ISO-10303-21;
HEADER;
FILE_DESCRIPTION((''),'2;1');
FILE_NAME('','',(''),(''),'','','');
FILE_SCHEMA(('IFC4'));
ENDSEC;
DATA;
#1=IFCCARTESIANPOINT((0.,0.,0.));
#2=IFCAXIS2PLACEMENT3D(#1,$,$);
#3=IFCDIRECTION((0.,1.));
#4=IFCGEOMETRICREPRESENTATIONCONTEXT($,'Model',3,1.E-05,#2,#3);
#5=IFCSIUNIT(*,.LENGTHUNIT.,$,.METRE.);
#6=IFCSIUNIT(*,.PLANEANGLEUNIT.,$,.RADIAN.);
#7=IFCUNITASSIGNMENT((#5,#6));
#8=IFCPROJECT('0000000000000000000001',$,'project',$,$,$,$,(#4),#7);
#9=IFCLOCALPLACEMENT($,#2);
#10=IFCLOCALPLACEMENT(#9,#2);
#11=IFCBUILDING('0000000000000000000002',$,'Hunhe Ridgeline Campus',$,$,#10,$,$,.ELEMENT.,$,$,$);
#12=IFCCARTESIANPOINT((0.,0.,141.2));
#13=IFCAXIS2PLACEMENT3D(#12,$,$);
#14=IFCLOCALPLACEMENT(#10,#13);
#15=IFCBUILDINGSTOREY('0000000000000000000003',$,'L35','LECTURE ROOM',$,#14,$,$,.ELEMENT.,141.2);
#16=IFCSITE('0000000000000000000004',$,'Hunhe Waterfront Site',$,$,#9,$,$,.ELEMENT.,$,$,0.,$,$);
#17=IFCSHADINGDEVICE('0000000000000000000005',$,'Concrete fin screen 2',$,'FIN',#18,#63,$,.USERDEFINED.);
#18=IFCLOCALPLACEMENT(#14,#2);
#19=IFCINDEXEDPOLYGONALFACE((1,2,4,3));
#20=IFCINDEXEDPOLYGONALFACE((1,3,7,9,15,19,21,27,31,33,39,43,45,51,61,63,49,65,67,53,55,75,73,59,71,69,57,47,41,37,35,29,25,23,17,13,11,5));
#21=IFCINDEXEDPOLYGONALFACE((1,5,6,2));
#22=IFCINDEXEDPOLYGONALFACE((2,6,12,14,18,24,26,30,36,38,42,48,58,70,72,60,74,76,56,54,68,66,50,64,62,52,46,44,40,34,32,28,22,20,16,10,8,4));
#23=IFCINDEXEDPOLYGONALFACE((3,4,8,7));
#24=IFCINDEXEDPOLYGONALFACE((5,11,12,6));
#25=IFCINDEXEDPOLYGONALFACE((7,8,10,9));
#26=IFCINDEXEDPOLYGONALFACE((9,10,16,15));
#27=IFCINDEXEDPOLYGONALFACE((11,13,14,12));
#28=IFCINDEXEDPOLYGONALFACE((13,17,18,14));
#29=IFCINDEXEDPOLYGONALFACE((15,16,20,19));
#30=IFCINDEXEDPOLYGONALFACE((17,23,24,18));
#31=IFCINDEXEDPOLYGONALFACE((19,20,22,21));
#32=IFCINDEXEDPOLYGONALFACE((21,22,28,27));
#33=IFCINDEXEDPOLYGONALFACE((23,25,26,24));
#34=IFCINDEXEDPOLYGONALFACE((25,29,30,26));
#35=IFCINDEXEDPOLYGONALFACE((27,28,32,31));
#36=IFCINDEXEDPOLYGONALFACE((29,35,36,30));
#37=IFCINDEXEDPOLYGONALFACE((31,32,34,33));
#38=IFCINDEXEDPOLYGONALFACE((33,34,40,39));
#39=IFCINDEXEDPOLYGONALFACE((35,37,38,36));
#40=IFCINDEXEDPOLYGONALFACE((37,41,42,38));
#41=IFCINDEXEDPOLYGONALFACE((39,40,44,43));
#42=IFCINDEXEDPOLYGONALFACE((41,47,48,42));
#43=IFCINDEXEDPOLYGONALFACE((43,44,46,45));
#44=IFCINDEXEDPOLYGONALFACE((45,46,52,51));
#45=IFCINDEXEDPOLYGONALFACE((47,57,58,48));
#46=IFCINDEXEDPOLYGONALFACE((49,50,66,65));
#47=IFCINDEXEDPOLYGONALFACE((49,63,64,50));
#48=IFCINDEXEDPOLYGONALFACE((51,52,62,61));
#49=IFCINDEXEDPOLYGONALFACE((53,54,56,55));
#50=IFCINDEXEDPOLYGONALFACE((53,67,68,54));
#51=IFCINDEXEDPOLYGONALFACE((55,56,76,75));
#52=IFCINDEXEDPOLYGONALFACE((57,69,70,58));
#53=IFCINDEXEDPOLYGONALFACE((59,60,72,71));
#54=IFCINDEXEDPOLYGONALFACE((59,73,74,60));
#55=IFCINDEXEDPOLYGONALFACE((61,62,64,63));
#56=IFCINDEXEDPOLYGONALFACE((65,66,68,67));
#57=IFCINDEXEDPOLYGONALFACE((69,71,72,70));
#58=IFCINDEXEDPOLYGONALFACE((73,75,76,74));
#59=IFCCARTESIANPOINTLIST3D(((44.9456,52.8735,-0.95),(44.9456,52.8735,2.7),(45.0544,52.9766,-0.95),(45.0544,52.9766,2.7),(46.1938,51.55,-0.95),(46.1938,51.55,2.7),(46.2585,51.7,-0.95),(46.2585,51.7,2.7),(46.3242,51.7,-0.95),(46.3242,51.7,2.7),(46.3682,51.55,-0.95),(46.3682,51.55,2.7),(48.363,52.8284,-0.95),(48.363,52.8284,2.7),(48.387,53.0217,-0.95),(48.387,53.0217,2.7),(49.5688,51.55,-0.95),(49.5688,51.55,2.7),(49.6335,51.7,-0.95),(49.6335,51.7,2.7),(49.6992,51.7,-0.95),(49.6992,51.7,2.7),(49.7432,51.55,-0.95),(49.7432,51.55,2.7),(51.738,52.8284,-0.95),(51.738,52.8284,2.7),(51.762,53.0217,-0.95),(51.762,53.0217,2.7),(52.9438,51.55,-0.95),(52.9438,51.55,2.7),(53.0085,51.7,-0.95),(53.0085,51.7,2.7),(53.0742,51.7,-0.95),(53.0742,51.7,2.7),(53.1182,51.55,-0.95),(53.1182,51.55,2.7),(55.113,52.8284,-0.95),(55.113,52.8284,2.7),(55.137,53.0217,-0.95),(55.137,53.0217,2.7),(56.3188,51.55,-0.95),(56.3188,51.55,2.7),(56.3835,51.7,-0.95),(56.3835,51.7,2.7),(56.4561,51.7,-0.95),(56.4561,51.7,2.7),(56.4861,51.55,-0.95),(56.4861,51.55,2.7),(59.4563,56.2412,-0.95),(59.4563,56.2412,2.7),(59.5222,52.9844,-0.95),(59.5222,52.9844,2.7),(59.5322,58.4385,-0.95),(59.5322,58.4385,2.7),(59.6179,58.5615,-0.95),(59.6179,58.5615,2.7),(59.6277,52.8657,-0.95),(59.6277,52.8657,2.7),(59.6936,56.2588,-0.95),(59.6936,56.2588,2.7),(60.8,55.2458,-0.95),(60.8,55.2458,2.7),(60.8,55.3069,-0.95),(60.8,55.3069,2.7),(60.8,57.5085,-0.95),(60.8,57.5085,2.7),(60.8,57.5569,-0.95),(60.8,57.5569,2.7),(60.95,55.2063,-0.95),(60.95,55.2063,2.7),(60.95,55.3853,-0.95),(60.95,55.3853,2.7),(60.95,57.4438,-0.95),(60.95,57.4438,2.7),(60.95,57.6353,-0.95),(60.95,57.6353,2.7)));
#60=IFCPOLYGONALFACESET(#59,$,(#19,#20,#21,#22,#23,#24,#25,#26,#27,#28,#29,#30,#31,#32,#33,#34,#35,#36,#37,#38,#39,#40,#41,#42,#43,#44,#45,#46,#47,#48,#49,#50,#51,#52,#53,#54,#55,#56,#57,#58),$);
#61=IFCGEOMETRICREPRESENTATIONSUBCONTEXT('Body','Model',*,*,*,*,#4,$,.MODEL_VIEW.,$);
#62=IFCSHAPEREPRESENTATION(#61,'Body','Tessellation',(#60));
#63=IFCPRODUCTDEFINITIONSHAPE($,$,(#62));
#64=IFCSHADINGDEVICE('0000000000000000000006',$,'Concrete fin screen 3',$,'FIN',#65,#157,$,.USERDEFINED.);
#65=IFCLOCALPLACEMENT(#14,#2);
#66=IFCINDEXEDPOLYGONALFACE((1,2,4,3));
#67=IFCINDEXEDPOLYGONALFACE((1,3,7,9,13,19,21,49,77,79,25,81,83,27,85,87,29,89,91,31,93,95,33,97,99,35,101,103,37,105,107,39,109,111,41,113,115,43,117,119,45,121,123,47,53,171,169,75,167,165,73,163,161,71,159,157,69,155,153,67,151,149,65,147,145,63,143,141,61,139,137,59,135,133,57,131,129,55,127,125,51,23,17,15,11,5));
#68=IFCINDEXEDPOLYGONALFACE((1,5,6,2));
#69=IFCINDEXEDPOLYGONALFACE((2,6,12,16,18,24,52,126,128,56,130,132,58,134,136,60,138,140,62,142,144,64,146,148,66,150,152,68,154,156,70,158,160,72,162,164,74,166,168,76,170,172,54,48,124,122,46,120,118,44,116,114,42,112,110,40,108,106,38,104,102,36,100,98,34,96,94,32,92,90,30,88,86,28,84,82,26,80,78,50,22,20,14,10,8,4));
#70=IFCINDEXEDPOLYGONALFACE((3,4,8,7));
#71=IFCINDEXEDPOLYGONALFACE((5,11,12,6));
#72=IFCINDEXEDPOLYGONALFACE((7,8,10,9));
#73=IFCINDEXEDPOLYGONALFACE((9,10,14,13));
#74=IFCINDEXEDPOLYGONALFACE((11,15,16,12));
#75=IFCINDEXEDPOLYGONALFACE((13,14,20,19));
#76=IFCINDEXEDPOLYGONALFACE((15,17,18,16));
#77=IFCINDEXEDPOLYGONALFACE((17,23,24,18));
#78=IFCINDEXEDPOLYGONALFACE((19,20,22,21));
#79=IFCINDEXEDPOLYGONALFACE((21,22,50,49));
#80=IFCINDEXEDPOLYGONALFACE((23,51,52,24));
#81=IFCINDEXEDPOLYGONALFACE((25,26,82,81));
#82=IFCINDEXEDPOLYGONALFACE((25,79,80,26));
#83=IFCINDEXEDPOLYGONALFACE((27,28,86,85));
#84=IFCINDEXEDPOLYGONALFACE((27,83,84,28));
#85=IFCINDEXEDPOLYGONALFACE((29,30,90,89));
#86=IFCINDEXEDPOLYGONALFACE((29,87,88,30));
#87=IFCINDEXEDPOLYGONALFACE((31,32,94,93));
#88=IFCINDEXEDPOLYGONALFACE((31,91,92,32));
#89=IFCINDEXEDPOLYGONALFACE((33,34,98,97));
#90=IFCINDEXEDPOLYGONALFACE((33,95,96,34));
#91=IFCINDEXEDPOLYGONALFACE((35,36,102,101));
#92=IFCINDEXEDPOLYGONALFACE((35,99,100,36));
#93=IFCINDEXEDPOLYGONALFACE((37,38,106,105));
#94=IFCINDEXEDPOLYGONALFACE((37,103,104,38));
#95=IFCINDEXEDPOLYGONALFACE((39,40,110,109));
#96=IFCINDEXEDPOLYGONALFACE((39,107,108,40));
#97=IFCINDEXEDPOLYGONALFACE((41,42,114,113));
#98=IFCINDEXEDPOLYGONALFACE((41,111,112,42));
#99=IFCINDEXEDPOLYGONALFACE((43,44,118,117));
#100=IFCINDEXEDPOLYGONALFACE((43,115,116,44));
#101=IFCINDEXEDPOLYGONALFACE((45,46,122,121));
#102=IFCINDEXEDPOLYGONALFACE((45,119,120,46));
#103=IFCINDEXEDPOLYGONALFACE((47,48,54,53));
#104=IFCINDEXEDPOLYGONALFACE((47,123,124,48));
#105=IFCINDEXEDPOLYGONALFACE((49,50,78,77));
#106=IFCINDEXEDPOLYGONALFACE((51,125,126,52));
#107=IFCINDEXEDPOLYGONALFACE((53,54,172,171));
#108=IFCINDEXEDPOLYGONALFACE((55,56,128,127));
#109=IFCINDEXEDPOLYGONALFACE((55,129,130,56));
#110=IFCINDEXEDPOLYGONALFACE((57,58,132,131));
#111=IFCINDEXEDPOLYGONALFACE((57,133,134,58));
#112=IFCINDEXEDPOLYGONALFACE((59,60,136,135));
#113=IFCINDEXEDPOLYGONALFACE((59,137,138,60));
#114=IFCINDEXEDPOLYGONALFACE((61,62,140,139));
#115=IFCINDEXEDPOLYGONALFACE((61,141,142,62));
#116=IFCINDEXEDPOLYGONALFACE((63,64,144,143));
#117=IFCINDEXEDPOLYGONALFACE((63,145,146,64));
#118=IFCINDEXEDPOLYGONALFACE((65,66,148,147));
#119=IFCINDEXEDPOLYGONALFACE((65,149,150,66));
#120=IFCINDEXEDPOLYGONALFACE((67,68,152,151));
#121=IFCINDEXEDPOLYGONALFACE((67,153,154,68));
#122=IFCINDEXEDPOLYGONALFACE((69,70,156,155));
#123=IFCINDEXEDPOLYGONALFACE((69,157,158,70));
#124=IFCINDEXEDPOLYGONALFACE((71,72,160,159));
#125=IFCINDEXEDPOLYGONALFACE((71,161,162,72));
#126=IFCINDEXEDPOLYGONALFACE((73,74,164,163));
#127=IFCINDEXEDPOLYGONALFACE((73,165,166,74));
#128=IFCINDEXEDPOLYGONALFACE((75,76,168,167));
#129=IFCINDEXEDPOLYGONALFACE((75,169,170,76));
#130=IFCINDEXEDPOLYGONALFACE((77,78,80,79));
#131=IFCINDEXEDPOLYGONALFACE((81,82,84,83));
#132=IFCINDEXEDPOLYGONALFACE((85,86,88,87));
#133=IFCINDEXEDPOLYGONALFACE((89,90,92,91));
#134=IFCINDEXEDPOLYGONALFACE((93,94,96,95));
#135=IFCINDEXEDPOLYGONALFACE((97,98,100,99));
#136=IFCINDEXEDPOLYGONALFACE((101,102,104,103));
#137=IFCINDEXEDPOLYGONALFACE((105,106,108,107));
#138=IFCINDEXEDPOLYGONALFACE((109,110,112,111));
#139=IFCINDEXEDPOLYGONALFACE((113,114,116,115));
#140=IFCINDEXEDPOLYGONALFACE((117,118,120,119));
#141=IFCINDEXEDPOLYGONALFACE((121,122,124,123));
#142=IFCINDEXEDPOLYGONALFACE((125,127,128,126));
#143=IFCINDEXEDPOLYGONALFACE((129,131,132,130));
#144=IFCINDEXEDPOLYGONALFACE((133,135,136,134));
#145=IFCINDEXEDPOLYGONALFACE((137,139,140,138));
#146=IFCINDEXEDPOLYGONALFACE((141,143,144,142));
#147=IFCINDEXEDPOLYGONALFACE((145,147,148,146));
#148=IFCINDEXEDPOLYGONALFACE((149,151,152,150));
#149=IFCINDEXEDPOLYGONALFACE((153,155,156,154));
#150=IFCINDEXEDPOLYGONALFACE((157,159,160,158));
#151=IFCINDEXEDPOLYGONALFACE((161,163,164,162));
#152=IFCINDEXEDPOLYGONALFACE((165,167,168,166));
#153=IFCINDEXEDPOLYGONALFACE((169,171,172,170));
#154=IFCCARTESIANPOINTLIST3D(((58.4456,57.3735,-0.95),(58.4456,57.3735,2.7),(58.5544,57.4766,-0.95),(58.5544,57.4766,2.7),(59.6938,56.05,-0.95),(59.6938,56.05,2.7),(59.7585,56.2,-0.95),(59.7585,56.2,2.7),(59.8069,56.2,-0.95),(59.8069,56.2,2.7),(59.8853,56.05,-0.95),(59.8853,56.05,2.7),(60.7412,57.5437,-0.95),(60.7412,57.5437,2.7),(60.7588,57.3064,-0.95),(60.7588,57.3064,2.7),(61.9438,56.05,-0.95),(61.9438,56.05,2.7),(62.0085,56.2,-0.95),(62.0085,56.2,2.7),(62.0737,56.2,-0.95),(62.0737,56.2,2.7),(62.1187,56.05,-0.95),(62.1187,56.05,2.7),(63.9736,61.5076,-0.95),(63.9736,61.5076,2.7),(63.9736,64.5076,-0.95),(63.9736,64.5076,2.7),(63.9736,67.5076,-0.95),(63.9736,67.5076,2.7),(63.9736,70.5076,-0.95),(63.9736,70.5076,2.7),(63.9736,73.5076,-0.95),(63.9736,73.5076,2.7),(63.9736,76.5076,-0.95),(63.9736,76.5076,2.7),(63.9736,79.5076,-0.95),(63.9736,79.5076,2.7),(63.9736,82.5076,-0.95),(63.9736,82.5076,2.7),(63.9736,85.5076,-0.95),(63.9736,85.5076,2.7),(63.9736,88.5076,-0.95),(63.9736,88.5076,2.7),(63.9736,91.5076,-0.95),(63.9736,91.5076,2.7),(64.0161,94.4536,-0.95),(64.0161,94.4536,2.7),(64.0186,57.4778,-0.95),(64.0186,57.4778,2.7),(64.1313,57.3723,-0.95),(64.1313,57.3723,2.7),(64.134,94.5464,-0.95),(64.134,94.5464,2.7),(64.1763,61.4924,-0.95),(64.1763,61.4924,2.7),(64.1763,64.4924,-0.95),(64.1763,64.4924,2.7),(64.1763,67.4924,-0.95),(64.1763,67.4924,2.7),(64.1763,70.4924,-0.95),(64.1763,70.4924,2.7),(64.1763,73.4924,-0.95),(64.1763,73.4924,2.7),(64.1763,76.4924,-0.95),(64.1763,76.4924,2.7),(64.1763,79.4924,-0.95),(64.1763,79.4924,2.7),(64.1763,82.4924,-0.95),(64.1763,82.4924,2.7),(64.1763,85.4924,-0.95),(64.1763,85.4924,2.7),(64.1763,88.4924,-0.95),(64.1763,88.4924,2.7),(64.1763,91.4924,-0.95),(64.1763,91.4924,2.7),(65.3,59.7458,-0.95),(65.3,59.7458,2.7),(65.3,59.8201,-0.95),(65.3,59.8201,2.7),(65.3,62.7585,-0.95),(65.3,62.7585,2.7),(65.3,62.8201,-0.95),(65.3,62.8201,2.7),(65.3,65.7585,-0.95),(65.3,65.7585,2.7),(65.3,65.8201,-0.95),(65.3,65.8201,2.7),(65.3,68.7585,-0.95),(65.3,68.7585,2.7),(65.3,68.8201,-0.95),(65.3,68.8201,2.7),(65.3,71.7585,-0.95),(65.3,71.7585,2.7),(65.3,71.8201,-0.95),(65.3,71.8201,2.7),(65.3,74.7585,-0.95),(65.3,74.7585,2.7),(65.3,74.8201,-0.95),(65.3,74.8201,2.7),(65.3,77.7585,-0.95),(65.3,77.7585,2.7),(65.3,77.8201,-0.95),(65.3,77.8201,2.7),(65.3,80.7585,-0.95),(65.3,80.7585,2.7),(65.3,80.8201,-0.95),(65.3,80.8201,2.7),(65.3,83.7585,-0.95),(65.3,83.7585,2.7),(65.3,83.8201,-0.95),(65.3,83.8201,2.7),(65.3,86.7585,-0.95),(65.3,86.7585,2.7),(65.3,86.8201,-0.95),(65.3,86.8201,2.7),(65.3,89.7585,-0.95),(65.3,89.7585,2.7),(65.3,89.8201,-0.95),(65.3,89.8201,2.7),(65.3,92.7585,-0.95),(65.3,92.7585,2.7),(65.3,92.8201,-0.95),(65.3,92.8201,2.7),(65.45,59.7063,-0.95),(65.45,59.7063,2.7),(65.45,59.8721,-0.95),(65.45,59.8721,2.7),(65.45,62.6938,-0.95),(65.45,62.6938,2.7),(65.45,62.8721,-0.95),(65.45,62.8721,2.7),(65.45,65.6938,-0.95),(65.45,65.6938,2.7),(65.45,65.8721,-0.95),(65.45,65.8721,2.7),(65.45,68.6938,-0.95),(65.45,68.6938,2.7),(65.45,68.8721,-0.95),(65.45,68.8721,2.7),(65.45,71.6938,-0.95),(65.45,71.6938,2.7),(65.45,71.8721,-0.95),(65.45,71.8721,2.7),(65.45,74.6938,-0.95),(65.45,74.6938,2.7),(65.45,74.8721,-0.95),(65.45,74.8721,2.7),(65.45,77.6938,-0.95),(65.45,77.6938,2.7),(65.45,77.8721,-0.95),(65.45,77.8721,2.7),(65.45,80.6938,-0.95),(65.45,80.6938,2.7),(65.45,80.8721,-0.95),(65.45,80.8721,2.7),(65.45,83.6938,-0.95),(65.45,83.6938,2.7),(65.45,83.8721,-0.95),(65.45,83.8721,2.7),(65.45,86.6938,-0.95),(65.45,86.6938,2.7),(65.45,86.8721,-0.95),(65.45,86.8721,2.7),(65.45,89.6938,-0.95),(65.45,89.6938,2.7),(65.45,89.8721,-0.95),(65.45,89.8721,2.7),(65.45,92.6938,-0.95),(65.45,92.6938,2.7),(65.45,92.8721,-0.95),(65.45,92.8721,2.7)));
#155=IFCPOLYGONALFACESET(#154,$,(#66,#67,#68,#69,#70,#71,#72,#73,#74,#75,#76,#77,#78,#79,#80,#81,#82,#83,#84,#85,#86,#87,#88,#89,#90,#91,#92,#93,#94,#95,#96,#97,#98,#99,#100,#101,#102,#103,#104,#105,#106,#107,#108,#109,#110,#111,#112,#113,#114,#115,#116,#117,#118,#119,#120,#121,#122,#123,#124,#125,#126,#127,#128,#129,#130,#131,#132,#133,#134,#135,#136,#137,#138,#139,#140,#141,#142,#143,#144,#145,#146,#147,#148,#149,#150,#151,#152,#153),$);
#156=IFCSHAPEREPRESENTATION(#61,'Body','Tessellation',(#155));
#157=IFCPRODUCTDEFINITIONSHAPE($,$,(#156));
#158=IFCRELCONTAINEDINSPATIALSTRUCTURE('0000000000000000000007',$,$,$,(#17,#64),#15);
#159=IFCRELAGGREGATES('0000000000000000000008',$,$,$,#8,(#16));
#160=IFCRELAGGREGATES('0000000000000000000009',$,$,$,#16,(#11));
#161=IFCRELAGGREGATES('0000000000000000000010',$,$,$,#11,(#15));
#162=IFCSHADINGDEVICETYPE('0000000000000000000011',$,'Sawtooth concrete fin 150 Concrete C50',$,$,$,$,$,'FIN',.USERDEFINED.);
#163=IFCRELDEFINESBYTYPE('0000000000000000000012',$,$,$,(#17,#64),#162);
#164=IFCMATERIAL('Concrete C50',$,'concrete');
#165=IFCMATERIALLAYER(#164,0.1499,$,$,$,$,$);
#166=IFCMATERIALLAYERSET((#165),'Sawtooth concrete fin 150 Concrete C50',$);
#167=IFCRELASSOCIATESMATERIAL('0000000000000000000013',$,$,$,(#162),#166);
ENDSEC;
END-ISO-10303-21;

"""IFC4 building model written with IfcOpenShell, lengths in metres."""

from ifc_helpers import new_model, si_unit, direction, frame, origin, place, context, subcontext, project, spatial, polyline, outline, extrude, material, layer, layer_set, type_object, element, save


model = new_model("IFC4")

# Units and contexts
model_context = context("Model", 3, precision=1e-05, world=origin(), true_north=direction((0.0, 1.0)))
body_context = subcontext(model_context, "Body", "Model", "MODEL_VIEW")
ifc_project = project(units=[si_unit("LENGTHUNIT", "METRE"), si_unit("PLANEANGLEUNIT", "RADIAN")], contexts=[model_context])

# Site, building, storey
site_placement = place(None, origin())
site = spatial("IfcSite", under=ifc_project, at=site_placement, Name="Hunhe Waterfront Site", CompositionType="ELEMENT", RefElevation=0.0)
building_placement = place(site_placement, origin())
building = spatial("IfcBuilding", under=site, at=building_placement, Name="Hunhe Ridgeline Campus", CompositionType="ELEMENT")
storey_placement = place(building_placement, frame((0.0, 0.0, 141.2)))
storey = spatial("IfcBuildingStorey", under=building, at=storey_placement, Name="L35", Description="LECTURE ROOM", CompositionType="ELEMENT", Elevation=141.2)

# Shading devices
ifc_material_1 = material(Name="Concrete C50", Category="concrete")
ifc_layer_1 = layer(ifc_material_1, 0.1499)
ifc_layer_set_1 = layer_set([ifc_layer_1], Name="Sawtooth concrete fin 150 Concrete C50")
shading_device_type = type_object("IfcShadingDeviceType", Name="Sawtooth concrete fin 150 Concrete C50", ElementType="FIN", PredefinedType="USERDEFINED", material=ifc_layer_set_1)
shading_device_1_placement = place(storey_placement, frame((0.0, 0.0, -0.95)))
element("IfcShadingDevice", 1, at=shading_device_1_placement, inside=storey, type_object=shading_device_type, Name="Concrete fin screen 2", ObjectType="FIN", PredefinedType="USERDEFINED", context=body_context, shape_type="SweptSolid", body=[
    extrude(outline(polyline([(45.0544, 52.9766), (44.9456, 52.8735), (46.1938, 51.55), (46.3682, 51.55), (48.363, 52.8284), (49.5688, 51.55), (49.7432, 51.55), (51.738, 52.8284), (52.9438, 51.55), (53.1182, 51.55), (55.113, 52.8284), (56.3188, 51.55), (56.4861, 51.55), (59.6277, 52.8657), (60.95, 55.2063), (60.95, 55.3853), (59.6936, 56.2588), (60.95, 57.4438), (60.95, 57.6353), (59.6179, 58.5615), (59.5322, 58.4385), (60.8, 57.5569), (60.8, 57.5085), (59.4563, 56.2412), (60.8, 55.3069), (60.8, 55.2458), (59.5222, 52.9844), (56.4561, 51.7), (56.3835, 51.7), (55.137, 53.0217), (53.0742, 51.7), (53.0085, 51.7), (51.762, 53.0217), (49.6992, 51.7), (49.6335, 51.7), (48.387, 53.0217), (46.3242, 51.7), (46.2585, 51.7), (45.0544, 52.9766)])), origin(), (0.0, 0.0, 1.0), 3.6499),
])
shading_device_2_placement = place(storey_placement, frame((0.0, 0.0, -0.95)))
element("IfcShadingDevice", 2, at=shading_device_2_placement, inside=storey, type_object=shading_device_type, Name="Concrete fin screen 3", ObjectType="FIN", PredefinedType="USERDEFINED", context=body_context, shape_type="SweptSolid", body=[
    extrude(outline(polyline([(58.5544, 57.4766), (58.4456, 57.3735), (59.6938, 56.05), (59.8853, 56.05), (60.7588, 57.3064), (61.9438, 56.05), (62.1187, 56.05), (64.1313, 57.3723), (65.45, 59.7063), (65.45, 59.8721), (64.1763, 61.4924), (65.45, 62.6938), (65.45, 62.8721), (64.1763, 64.4924), (65.45, 65.6938), (65.45, 65.8721), (64.1763, 67.4924), (65.45, 68.6938), (65.45, 68.8721), (64.1763, 70.4924), (65.45, 71.6938), (65.45, 71.8721), (64.1763, 73.4924), (65.45, 74.6938), (65.45, 74.8721), (64.1763, 76.4924), (65.45, 77.6938), (65.45, 77.8721), (64.1763, 79.4924), (65.45, 80.6938), (65.45, 80.8721), (64.1763, 82.4924), (65.45, 83.6938), (65.45, 83.8721), (64.1763, 85.4924), (65.45, 86.6938), (65.45, 86.8721), (64.1763, 88.4924), (65.45, 89.6938), (65.45, 89.8721), (64.1763, 91.4924), (65.45, 92.6938), (65.45, 92.8721), (64.134, 94.5464), (64.0161, 94.4536), (65.3, 92.8201), (65.3, 92.7585), (63.9736, 91.5076), (65.3, 89.8201), (65.3, 89.7585), (63.9736, 88.5076), (65.3, 86.8201), (65.3, 86.7585), (63.9736, 85.5076), (65.3, 83.8201), (65.3, 83.7585), (63.9736, 82.5076), (65.3, 80.8201), (65.3, 80.7585), (63.9736, 79.5076), (65.3, 77.8201), (65.3, 77.7585), (63.9736, 76.5076), (65.3, 74.8201), (65.3, 74.7585), (63.9736, 73.5076), (65.3, 71.8201), (65.3, 71.7585), (63.9736, 70.5076), (65.3, 68.8201), (65.3, 68.7585), (63.9736, 67.5076), (65.3, 65.8201), (65.3, 65.7585), (63.9736, 64.5076), (65.3, 62.8201), (65.3, 62.7585), (63.9736, 61.5076), (65.3, 59.8201), (65.3, 59.7458), (64.0186, 57.4778), (62.0737, 56.2), (62.0085, 56.2), (60.7412, 57.5437), (59.8069, 56.2), (59.7585, 56.2), (58.5544, 57.4766)])), origin(), (0.0, 0.0, 1.0), 3.6499),
])

save(model, "model.ifc")
